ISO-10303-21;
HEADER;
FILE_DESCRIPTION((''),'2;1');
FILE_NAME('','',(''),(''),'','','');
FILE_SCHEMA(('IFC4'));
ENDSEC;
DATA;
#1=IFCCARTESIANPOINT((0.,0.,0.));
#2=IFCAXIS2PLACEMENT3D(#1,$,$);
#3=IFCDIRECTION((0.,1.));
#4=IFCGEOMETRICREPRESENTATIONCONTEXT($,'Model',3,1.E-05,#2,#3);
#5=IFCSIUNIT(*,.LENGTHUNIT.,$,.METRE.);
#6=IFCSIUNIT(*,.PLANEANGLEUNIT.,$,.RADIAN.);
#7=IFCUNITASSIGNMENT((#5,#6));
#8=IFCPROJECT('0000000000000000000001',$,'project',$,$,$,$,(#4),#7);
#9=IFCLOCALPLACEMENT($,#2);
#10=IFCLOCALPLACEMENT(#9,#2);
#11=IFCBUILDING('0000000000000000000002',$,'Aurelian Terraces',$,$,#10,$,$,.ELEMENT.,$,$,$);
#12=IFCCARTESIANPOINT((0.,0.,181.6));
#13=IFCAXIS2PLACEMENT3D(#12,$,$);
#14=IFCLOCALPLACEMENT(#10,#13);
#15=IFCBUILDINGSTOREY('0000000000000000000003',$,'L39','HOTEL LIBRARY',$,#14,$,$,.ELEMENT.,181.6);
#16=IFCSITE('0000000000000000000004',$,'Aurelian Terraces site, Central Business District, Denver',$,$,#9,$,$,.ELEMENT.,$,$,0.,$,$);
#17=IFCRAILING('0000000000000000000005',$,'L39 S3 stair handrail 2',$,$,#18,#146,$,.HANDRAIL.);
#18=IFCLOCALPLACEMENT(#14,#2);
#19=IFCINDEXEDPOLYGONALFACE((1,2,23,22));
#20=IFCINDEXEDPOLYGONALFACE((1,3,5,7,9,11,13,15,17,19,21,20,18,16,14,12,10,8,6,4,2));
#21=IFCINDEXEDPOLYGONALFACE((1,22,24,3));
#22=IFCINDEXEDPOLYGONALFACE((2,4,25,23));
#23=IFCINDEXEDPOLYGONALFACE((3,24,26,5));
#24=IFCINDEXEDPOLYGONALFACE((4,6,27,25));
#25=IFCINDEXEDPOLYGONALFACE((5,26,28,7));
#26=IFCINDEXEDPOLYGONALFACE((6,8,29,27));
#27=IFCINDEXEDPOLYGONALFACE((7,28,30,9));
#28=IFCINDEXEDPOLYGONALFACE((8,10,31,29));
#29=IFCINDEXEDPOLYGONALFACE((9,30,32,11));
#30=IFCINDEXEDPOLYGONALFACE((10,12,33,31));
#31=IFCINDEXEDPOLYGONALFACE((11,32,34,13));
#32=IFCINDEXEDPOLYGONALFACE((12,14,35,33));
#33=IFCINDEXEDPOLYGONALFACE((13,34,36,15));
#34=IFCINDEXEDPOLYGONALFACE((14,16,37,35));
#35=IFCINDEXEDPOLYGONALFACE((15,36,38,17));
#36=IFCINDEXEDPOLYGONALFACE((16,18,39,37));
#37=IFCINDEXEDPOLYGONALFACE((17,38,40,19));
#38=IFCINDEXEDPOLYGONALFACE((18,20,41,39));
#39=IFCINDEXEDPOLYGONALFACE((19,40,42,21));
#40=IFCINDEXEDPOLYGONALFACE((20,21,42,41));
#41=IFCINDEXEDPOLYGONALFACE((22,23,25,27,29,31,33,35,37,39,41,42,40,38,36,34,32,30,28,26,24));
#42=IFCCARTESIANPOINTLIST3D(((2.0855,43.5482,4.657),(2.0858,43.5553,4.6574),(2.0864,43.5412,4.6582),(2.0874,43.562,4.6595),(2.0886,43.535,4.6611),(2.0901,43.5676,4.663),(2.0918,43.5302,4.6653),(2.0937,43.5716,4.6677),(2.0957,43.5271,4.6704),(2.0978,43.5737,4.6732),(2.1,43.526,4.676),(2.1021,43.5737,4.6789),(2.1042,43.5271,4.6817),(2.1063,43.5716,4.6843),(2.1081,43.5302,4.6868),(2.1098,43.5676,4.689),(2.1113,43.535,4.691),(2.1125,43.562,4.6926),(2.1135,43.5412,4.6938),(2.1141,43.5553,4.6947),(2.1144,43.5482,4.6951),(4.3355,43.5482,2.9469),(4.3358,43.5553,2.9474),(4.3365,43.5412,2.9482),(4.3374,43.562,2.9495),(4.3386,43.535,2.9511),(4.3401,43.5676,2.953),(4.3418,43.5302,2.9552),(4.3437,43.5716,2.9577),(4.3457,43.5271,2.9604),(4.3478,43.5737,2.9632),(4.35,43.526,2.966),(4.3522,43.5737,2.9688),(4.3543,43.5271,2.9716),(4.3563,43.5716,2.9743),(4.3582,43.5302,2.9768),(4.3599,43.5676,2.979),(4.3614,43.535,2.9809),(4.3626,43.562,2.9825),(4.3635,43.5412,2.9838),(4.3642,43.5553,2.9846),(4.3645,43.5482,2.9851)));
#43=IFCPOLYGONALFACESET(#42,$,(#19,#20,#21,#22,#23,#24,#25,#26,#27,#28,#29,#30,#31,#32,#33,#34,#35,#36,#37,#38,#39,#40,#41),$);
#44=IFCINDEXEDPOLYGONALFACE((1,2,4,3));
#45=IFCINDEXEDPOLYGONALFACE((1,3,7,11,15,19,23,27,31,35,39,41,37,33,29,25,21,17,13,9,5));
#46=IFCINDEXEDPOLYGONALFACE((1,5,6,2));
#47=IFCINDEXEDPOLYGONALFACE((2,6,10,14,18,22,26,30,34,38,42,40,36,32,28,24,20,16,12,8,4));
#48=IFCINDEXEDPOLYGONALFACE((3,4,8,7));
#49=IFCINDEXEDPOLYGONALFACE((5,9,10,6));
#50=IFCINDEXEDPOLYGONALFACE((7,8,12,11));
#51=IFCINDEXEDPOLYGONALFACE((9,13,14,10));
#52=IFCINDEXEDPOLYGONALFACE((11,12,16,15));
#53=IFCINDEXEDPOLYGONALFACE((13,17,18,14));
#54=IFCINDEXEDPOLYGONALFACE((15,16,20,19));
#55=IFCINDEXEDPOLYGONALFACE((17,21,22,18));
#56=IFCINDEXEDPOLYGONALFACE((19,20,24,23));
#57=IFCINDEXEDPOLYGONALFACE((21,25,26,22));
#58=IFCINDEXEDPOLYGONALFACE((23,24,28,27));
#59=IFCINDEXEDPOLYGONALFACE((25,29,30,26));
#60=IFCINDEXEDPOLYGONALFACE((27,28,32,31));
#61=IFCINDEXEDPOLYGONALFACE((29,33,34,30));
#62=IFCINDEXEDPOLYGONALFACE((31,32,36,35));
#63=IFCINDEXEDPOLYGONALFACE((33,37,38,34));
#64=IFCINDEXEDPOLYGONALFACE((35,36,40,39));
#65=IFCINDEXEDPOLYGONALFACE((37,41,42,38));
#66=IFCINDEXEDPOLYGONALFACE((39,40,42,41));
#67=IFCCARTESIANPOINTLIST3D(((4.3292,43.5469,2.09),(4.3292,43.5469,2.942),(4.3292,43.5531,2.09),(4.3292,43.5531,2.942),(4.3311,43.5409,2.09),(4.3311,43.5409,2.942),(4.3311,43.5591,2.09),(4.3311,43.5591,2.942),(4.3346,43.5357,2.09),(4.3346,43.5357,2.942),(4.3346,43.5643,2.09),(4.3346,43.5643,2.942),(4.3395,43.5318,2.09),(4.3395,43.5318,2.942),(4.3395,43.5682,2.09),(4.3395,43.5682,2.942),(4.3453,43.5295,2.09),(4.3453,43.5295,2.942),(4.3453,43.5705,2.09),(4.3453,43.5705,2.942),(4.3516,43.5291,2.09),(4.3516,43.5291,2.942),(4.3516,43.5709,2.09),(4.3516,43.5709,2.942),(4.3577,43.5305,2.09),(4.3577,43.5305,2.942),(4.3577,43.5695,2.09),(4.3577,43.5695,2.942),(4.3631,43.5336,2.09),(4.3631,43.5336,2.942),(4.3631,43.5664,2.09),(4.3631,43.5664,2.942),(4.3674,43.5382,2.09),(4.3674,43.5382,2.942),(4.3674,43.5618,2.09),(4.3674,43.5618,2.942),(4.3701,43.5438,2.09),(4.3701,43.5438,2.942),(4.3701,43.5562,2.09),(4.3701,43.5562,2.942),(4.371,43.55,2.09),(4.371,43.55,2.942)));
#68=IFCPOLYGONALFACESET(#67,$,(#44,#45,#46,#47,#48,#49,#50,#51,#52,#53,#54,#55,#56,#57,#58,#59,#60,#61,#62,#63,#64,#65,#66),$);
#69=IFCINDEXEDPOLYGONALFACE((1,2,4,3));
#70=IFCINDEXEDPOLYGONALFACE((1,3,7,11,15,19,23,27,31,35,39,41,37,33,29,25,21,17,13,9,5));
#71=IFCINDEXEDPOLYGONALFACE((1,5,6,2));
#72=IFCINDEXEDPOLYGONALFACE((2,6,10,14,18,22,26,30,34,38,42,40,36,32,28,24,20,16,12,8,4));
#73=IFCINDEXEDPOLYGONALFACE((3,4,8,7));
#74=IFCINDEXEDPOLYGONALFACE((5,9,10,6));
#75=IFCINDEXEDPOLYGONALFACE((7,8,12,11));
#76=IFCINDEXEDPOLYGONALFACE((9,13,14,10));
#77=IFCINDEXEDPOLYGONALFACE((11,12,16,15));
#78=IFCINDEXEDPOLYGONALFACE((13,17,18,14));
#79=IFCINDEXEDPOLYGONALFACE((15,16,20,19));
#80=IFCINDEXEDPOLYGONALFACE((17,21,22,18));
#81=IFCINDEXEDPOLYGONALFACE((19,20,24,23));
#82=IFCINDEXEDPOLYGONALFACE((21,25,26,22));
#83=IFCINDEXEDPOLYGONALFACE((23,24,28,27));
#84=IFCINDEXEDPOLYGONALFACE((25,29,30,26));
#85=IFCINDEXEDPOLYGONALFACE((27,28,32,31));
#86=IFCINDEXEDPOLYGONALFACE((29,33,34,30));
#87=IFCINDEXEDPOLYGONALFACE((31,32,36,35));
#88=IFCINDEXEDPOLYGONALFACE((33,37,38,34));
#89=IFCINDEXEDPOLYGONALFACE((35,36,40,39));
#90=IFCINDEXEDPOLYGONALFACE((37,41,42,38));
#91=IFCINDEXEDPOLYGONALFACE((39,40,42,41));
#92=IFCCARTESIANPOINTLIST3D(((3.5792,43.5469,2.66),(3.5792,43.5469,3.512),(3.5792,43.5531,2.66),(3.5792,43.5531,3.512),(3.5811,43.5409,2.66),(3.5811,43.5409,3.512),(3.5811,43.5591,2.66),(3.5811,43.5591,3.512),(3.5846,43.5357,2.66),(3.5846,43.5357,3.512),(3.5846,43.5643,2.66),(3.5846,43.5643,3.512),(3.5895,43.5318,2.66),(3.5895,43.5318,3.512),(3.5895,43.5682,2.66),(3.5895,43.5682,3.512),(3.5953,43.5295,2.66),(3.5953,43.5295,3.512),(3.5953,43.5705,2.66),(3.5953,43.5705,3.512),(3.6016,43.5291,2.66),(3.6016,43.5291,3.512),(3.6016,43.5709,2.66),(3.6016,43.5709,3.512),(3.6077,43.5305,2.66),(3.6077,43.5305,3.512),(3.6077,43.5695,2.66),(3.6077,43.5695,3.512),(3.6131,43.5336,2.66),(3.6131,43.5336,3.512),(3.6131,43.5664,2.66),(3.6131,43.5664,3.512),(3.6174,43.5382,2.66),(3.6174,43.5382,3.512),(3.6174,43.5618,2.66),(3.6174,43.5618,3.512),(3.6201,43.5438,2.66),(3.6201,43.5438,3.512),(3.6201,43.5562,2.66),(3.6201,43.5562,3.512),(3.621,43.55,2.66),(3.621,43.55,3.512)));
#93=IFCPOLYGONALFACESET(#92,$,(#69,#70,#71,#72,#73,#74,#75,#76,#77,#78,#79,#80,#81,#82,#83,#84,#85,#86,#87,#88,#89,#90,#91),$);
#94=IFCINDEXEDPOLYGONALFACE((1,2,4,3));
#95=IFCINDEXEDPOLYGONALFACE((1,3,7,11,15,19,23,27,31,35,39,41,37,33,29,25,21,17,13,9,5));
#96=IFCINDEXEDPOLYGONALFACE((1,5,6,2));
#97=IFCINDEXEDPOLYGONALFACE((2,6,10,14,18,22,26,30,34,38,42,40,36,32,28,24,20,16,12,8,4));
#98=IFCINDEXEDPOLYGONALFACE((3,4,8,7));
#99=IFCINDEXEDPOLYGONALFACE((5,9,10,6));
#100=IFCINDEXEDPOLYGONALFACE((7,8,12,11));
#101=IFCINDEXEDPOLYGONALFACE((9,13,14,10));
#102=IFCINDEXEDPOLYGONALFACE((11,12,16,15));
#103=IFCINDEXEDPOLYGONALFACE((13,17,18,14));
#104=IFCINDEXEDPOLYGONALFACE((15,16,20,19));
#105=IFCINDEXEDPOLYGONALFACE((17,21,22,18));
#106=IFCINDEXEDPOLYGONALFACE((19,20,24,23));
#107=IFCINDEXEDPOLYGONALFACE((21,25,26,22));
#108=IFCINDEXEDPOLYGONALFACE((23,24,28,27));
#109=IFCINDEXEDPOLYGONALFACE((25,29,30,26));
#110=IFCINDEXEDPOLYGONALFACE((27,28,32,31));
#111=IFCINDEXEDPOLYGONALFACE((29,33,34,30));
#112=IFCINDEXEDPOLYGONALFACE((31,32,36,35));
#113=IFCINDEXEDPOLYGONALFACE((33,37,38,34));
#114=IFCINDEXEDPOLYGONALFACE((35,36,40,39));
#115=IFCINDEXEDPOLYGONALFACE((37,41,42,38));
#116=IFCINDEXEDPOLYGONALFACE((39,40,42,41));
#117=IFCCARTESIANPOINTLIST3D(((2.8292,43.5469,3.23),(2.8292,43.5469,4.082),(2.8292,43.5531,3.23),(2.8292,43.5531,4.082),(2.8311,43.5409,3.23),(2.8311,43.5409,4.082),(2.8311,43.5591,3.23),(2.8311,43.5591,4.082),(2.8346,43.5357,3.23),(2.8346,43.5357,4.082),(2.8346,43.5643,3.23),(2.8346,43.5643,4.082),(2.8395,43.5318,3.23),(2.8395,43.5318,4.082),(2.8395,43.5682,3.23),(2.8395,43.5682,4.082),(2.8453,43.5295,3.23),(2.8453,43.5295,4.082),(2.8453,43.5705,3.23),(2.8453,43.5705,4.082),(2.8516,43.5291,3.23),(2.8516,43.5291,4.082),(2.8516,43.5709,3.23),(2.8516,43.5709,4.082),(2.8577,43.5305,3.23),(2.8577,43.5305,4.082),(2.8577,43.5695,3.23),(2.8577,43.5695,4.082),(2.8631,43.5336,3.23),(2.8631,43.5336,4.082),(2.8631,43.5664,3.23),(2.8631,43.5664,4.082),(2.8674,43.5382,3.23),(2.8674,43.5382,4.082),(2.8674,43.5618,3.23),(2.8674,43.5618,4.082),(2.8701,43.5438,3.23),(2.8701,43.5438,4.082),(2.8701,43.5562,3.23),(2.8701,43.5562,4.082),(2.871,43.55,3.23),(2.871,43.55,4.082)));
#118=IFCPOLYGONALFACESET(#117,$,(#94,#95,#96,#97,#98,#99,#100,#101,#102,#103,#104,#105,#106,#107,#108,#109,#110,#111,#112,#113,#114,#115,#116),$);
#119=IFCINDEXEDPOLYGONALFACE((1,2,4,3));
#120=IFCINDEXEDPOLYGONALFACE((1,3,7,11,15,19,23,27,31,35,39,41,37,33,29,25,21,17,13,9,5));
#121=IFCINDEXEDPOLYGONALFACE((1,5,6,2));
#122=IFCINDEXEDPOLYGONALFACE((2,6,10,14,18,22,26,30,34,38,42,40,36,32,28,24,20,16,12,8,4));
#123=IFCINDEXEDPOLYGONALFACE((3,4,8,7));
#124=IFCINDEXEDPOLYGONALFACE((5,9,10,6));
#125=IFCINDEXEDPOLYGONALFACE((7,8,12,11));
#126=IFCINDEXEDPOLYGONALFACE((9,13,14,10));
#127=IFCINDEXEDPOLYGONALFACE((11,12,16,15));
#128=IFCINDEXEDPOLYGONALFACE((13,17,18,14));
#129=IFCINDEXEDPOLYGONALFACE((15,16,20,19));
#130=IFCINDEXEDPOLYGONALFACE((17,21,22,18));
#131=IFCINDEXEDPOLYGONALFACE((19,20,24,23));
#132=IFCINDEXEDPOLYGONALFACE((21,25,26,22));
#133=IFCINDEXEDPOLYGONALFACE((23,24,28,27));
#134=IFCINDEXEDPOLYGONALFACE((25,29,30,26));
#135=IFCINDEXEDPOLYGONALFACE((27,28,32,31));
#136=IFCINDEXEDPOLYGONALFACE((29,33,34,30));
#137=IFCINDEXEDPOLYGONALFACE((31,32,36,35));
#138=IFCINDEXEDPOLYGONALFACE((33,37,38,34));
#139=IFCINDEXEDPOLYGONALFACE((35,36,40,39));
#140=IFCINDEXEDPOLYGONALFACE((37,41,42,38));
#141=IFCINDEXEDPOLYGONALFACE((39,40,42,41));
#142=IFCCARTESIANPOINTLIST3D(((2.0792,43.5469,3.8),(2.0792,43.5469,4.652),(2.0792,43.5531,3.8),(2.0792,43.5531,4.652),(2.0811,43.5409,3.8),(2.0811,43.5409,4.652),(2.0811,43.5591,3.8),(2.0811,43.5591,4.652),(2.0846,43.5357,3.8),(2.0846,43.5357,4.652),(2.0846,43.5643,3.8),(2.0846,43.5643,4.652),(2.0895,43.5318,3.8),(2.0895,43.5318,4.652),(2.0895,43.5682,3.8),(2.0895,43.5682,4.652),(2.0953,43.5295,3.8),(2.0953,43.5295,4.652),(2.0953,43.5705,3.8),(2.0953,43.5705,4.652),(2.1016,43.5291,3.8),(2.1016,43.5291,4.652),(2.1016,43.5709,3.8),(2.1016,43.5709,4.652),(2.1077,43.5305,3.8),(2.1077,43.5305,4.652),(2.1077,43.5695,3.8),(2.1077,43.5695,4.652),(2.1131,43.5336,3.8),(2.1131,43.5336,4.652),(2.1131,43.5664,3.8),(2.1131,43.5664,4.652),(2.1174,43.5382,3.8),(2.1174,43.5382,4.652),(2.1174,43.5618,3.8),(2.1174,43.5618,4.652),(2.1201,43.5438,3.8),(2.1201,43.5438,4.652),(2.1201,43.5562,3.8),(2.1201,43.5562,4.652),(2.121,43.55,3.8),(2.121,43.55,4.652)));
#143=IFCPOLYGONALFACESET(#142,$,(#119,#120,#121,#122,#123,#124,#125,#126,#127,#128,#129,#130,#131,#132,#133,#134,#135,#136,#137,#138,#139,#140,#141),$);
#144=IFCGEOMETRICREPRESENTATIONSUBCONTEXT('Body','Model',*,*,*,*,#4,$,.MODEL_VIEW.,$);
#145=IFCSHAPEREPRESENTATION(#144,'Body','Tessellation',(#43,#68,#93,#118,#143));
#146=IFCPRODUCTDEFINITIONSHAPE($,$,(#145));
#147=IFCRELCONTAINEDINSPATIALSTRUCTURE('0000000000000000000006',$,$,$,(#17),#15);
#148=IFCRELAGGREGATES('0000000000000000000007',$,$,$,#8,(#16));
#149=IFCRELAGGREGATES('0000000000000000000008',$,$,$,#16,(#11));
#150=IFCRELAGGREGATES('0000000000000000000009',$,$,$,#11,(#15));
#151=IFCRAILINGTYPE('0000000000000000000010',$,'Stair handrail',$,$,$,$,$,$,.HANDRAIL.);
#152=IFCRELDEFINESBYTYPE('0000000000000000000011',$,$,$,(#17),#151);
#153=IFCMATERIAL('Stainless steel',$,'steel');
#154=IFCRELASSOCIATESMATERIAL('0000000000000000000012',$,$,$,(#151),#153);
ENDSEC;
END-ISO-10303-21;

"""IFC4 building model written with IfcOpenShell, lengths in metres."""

from ifc_helpers import new_model, si_unit, direction, frame, origin, origin_2d, place, context, subcontext, project, spatial, circle, extrude, source, transform, mapped, material, type_object, element, save


model = new_model("IFC4")

# Units and contexts
model_context = context("Model", 3, precision=1e-05, world=origin(), true_north=direction((0.0, 1.0)))
body_context = subcontext(model_context, "Body", "Model", "MODEL_VIEW")
ifc_project = project(units=[si_unit("LENGTHUNIT", "METRE"), si_unit("PLANEANGLEUNIT", "RADIAN")], contexts=[model_context])

# Site, building, storey
site_placement = place(None, origin())
site = spatial("IfcSite", under=ifc_project, at=site_placement, Name="Aurelian Terraces site, Central Business District, Denver", CompositionType="ELEMENT", RefElevation=0.0)
building_placement = place(site_placement, origin())
building = spatial("IfcBuilding", under=site, at=building_placement, Name="Aurelian Terraces", CompositionType="ELEMENT")
storey_placement = place(building_placement, frame((0.0, 0.0, 181.6)))
storey = spatial("IfcBuildingStorey", under=building, at=storey_placement, Name="L39", Description="HOTEL LIBRARY", CompositionType="ELEMENT", Elevation=181.6)

# Railing
ifc_material_1 = material(Name="Stainless steel", Category="steel")
railing_type_1 = type_object("IfcRailingType", Name="Stair handrail", PredefinedType="HANDRAIL", material=ifc_material_1)
shared_shape_1 = source(origin(), body_context, "Body", "SweptSolid", [
    extrude(circle(Radius=0.024, at=origin_2d()), frame((0.0, 0.0, 0.876), z_axis=(-0.796162, 0.0, 0.605083), x_axis=(0.0, -1.0, 0.0)), (0.0, 0.0, 1.0), 2.8261),
    extrude(circle(Radius=0.021, at=origin_2d()), origin(), (0.0, 0.0, 1.0), 0.852),
    extrude(circle(Radius=0.021, at=origin_2d()), frame((-0.75, 0.0, 0.57)), (0.0, 0.0, 1.0), 0.852),
    extrude(circle(Radius=0.021, at=origin_2d()), frame((-1.5, 0.0, 1.14)), (0.0, 0.0, 1.0), 0.852),
    extrude(circle(Radius=0.021, at=origin_2d()), frame((-2.25, 0.0, 1.71)), (0.0, 0.0, 1.0), 0.852),
])
railing_1_placement = place(storey_placement, frame((4.35, 43.55, 2.09)))
element("IfcRailing", 1, at=railing_1_placement, inside=storey, type_object=railing_type_1, Name="L39 S3 stair handrail 2", PredefinedType="HANDRAIL", context=body_context, shape_type="MappedRepresentation", body=[
    mapped(shared_shape_1, transform((0.0, 0.0, 0.0), scale=1.0)),
])

save(model, "model.ifc")
